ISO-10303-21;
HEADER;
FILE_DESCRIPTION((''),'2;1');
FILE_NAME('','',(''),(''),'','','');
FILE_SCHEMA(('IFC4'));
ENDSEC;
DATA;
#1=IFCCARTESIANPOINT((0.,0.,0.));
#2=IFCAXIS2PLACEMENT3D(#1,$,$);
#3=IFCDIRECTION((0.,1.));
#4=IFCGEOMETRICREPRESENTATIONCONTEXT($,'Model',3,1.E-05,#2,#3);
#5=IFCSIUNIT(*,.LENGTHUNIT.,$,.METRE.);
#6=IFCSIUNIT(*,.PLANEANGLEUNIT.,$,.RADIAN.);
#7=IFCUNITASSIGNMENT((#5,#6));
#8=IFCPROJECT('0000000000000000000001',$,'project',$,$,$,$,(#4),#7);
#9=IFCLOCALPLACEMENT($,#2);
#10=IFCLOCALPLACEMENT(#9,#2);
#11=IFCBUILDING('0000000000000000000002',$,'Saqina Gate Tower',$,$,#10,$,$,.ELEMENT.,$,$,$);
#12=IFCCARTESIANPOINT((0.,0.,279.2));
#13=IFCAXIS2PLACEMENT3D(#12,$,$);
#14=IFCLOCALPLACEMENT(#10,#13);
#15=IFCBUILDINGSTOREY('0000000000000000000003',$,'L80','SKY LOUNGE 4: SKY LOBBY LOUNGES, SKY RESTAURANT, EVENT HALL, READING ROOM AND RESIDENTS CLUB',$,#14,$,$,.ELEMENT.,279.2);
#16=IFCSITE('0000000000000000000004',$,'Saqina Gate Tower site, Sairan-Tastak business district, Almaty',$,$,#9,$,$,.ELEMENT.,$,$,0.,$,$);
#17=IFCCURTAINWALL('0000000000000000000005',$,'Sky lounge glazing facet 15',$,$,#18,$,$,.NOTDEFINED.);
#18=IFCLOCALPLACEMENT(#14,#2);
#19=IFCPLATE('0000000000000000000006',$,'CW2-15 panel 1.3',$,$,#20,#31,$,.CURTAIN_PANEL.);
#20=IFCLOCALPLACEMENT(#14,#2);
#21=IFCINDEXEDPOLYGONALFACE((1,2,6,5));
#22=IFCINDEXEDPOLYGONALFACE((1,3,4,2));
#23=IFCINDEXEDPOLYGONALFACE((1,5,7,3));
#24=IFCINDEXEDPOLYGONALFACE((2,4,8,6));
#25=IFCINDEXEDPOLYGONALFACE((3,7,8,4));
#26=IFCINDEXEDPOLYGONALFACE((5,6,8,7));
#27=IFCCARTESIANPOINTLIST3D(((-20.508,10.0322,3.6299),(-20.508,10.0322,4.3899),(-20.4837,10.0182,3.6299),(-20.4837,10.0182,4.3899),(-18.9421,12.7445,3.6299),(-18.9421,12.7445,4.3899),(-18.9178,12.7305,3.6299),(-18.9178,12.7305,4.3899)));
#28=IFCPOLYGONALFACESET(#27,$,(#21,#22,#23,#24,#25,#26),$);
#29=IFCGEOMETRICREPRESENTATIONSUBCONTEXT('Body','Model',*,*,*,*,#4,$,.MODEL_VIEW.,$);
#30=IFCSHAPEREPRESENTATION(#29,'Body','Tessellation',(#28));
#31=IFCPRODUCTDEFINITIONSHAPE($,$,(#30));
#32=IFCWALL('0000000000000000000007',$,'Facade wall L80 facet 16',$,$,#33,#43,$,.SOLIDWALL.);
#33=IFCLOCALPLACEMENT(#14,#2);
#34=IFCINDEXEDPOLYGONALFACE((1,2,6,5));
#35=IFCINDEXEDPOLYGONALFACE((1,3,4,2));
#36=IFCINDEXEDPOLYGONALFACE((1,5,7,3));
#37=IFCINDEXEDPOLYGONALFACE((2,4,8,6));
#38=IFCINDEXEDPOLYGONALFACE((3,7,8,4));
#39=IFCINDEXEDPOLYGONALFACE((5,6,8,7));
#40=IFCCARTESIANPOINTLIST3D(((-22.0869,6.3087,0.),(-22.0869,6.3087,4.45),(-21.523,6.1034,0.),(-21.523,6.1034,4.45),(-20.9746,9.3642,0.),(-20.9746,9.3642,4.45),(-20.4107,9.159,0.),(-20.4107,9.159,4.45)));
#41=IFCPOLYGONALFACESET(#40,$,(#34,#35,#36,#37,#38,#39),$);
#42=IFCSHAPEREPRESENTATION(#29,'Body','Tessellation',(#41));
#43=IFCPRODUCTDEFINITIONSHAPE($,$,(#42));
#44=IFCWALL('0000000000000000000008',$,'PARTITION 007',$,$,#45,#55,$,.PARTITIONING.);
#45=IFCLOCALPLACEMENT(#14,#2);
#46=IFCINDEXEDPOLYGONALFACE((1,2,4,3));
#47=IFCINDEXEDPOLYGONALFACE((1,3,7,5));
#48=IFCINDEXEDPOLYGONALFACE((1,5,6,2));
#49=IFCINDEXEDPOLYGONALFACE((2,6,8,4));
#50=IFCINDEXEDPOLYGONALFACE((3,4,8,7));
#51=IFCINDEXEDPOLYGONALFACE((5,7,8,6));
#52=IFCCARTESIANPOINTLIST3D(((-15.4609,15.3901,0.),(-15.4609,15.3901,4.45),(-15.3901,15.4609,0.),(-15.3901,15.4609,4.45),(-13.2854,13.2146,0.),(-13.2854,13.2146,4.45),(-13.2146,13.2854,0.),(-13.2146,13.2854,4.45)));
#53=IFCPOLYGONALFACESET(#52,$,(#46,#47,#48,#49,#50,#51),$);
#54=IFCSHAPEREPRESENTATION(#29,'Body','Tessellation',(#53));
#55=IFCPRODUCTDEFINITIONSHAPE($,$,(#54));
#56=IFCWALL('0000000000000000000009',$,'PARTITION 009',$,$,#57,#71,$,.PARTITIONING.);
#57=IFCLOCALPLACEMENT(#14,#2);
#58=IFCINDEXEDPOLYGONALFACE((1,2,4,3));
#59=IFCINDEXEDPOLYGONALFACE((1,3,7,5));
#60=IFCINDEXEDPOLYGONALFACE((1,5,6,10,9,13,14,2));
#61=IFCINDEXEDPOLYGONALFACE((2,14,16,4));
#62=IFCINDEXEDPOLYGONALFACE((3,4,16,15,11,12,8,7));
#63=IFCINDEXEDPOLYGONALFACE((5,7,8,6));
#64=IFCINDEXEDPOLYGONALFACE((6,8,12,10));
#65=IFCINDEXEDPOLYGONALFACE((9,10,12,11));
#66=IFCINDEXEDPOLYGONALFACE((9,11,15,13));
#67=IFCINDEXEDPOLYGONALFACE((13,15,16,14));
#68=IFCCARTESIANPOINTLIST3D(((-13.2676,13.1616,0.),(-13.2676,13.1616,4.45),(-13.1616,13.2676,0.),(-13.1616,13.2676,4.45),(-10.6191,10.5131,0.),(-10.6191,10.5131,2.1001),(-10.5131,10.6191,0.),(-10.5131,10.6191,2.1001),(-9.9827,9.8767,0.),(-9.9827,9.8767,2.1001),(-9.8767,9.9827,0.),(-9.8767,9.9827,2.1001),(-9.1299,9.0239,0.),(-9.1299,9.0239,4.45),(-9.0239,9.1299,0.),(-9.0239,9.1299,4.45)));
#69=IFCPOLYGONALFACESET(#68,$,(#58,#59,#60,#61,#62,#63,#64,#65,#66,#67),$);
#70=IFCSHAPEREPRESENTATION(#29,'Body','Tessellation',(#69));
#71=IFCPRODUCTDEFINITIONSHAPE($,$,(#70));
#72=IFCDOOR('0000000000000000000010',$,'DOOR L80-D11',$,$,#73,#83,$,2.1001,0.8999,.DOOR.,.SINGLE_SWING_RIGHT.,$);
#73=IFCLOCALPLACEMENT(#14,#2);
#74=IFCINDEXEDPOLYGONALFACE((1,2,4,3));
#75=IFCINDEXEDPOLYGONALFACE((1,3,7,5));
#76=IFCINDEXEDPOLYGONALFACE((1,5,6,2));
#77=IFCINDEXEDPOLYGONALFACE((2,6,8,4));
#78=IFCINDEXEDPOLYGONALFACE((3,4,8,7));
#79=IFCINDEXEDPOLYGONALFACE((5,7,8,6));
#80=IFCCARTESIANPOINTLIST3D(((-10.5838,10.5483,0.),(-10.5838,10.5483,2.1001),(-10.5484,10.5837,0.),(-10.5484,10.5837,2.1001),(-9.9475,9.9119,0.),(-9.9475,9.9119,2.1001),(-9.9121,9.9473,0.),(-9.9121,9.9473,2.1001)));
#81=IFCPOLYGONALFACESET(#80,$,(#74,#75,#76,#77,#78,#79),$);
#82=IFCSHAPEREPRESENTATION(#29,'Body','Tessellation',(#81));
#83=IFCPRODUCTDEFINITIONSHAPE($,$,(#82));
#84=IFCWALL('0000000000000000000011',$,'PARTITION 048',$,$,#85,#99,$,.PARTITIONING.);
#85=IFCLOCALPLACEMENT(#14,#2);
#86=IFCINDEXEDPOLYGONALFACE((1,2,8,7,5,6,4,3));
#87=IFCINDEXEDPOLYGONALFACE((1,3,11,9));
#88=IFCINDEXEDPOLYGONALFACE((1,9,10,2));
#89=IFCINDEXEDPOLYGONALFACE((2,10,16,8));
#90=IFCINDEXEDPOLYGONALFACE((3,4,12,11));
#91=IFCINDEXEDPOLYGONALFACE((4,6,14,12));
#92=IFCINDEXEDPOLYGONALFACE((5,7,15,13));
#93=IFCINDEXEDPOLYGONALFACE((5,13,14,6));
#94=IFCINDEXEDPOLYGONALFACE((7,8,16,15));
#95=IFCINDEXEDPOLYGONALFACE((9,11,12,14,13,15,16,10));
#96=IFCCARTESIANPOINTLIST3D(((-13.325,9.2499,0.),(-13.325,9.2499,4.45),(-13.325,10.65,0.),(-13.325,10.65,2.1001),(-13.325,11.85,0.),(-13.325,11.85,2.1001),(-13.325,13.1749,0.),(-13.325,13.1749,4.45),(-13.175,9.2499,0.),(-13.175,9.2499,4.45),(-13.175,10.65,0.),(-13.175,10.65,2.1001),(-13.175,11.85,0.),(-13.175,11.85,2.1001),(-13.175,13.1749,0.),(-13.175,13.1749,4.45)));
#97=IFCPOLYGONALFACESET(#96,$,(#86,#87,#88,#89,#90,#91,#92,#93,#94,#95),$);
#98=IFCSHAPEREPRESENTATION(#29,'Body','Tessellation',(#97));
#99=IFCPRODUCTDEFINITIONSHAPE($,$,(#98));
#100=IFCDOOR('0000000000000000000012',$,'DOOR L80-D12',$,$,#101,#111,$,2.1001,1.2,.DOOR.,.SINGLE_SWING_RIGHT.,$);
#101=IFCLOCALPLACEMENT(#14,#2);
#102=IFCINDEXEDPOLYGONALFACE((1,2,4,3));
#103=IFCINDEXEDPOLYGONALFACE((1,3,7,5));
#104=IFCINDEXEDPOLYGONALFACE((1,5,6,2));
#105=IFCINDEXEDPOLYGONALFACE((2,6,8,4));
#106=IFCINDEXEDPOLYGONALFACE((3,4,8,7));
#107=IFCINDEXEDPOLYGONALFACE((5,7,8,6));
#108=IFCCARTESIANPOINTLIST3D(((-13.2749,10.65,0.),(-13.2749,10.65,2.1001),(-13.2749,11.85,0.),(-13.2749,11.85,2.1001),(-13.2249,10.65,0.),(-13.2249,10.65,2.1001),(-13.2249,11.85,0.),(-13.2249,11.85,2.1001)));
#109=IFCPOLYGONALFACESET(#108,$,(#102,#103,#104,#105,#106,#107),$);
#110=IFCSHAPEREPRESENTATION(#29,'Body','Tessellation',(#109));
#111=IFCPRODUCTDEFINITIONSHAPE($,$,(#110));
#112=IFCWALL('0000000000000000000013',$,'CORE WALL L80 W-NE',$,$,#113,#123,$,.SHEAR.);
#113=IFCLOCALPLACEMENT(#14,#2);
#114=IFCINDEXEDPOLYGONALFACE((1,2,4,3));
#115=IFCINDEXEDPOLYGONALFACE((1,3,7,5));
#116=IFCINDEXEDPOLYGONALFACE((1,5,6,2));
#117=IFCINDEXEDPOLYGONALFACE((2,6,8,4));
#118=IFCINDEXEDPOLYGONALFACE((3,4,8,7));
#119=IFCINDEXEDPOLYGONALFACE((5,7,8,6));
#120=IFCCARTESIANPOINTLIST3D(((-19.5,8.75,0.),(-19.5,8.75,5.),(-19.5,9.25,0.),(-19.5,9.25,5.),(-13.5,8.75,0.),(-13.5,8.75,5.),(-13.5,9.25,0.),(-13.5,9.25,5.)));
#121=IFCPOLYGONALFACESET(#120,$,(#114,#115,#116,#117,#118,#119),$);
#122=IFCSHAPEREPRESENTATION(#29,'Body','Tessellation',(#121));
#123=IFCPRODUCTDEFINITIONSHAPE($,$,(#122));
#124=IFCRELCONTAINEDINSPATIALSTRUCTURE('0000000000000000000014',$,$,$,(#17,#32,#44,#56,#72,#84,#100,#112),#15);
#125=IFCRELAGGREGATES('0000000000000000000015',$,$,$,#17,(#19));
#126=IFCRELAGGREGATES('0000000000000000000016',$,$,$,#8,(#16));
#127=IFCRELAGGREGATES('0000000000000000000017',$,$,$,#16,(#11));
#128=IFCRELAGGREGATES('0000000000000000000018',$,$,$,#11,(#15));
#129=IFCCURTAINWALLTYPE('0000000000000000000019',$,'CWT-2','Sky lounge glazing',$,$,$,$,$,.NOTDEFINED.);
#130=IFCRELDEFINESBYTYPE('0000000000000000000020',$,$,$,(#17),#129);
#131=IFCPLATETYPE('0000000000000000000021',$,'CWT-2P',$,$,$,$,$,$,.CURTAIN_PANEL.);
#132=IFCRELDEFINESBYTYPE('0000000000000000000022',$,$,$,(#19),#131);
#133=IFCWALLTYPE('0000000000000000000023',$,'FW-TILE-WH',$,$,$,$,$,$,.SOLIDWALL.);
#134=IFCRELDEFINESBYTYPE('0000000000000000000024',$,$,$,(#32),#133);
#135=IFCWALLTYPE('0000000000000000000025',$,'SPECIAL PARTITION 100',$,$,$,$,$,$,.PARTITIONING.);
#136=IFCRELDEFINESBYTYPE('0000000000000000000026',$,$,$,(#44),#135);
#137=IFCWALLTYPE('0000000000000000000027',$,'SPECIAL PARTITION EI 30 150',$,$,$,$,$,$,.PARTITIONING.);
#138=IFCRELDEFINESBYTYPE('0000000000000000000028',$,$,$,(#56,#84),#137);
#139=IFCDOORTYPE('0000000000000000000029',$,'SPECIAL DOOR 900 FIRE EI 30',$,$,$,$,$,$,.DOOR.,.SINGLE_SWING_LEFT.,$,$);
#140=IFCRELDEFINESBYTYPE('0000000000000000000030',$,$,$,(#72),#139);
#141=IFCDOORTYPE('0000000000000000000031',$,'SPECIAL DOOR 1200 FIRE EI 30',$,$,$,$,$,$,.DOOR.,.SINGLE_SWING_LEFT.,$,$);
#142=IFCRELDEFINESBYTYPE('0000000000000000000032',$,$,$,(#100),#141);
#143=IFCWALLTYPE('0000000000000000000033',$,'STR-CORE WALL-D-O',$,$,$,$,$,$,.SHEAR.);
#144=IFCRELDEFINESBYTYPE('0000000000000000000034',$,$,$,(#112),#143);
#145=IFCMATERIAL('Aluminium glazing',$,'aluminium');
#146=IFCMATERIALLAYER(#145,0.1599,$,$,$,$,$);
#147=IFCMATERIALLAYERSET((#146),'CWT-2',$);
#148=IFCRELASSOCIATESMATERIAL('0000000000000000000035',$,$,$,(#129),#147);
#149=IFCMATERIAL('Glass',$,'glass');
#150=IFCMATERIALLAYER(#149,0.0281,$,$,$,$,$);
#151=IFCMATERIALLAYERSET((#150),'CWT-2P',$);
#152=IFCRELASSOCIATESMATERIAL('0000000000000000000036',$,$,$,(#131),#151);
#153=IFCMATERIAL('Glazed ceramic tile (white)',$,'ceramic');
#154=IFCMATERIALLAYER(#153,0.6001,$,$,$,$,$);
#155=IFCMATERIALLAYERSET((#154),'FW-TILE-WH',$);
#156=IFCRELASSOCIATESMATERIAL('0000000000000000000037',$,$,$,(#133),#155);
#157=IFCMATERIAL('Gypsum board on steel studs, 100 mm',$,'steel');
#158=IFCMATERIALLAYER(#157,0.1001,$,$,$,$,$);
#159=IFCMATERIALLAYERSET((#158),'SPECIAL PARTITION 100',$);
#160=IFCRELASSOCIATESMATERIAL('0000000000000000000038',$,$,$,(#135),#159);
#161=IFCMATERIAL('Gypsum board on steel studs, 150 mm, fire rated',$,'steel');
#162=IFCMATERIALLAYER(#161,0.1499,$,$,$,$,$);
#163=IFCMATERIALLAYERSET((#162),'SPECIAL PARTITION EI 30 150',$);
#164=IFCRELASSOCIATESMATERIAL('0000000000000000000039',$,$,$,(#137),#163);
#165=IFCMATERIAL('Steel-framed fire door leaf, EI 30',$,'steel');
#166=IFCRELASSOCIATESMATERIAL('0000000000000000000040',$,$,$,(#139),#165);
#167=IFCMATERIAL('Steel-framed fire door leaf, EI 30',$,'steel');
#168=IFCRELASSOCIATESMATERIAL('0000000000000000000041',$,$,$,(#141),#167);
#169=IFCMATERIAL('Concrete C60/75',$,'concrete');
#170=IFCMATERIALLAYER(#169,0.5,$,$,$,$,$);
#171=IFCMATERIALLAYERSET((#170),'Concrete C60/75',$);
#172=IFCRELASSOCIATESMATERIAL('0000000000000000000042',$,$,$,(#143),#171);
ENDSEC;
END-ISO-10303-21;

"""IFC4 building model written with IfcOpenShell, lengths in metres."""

from ifc_helpers import new_model, si_unit, direction, frame, frame_2d, origin, origin_2d, place, context, subcontext, project, spatial, rectangle, extrude, material, layer, layer_set, type_object, element, fill, aggregate, save


model = new_model("IFC4")

# Units and contexts
model_context = context("Model", 3, precision=1e-05, world=origin(), true_north=direction((0.0, 1.0)))
body_context = subcontext(model_context, "Body", "Model", "MODEL_VIEW")
ifc_project = project(units=[si_unit("LENGTHUNIT", "METRE"), si_unit("PLANEANGLEUNIT", "RADIAN")], contexts=[model_context])

# Site, building, storey
site_placement = place(None, origin())
site = spatial("IfcSite", under=ifc_project, at=site_placement, Name="Saqina Gate Tower site, Sairan-Tastak business district, Almaty", CompositionType="ELEMENT", RefElevation=0.0)
building_placement = place(site_placement, origin())
building = spatial("IfcBuilding", under=site, at=building_placement, Name="Saqina Gate Tower", CompositionType="ELEMENT")
storey_placement = place(building_placement, frame((0.0, 0.0, 279.2)))
storey = spatial("IfcBuildingStorey", under=building, at=storey_placement, Name="L80", Description="SKY LOUNGE 4: SKY LOBBY LOUNGES, SKY RESTAURANT, EVENT HALL, READING ROOM AND RESIDENTS CLUB", CompositionType="ELEMENT", Elevation=279.2)

# Shared definitions
ifc_material_1 = material(Name="Aluminium glazing", Category="aluminium")
ifc_layer_1 = layer(ifc_material_1, 0.1599)
ifc_layer_set_1 = layer_set([ifc_layer_1], Name="CWT-2")
curtain_wall_type = type_object("IfcCurtainWallType", Name="CWT-2", Description="Sky lounge glazing", PredefinedType="NOTDEFINED", material=ifc_layer_set_1)

# Curtain wall
curtain_wall_1_placement = place(storey_placement, origin())
curtain_wall_1 = element("IfcCurtainWall", 1, at=curtain_wall_1_placement, inside=storey, type_object=curtain_wall_type, Name="Sky lounge glazing facet 15", PredefinedType="NOTDEFINED")

# Plate
ifc_material_2 = material(Name="Glass", Category="glass")
ifc_layer_2 = layer(ifc_material_2, 0.0281)
ifc_layer_set_2 = layer_set([ifc_layer_2], Name="CWT-2P")
plate_type = type_object("IfcPlateType", Name="CWT-2P", PredefinedType="CURTAIN_PANEL", material=ifc_layer_set_2)
plate_1_placement = place(storey_placement, frame((-19.7129, 11.3813, 3.6299), z_axis=(0.0, 0.0, 1.0), x_axis=(-0.499982, -0.866036, 0.0)))
plate_1 = element("IfcPlate", 2, at=plate_1_placement, type_object=plate_type, Name="CW2-15 panel 1.3", PredefinedType="CURTAIN_PANEL", context=body_context, shape_type="SweptSolid", body=[
    extrude(rectangle(XDim=3.1318, YDim=0.0281, at=origin_2d()), origin(), (0.0, 0.0, 1.0), 0.76),
])
aggregate(curtain_wall_1, [plate_1])

# Walls
ifc_material_3 = material(Name="Glazed ceramic tile (white)", Category="ceramic")
ifc_layer_3 = layer(ifc_material_3, 0.6001)
ifc_layer_set_3 = layer_set([ifc_layer_3], Name="FW-TILE-WH")
wall_type_1 = type_object("IfcWallType", Name="FW-TILE-WH", PredefinedType="SOLIDWALL", material=ifc_layer_set_3)
wall_1_placement = place(storey_placement, frame((-20.6926, 9.2617, 0.0), z_axis=(0.0, 0.0, 1.0), x_axis=(-0.342057, -0.939679, 0.0)))
element("IfcWall", 3, at=wall_1_placement, inside=storey, type_object=wall_type_1, Name="Facade wall L80 facet 16", PredefinedType="SOLIDWALL", context=body_context, shape_type="SweptSolid", body=[
    extrude(rectangle(XDim=3.2517, YDim=0.6001, at=frame_2d((1.626, 0.0))), origin(), (0.0, 0.0, 1.0), 4.45),
])
ifc_material_4 = material(Name="Gypsum board on steel studs, 100 mm", Category="steel")
ifc_layer_4 = layer(ifc_material_4, 0.1001)
ifc_layer_set_4 = layer_set([ifc_layer_4], Name="SPECIAL PARTITION 100")
wall_type_2 = type_object("IfcWallType", Name="SPECIAL PARTITION 100", PredefinedType="PARTITIONING", material=ifc_layer_set_4)
wall_2_placement = place(storey_placement, frame((-15.4255, 15.4255, 0.0), z_axis=(0.0, 0.0, 1.0), x_axis=(0.707107, -0.707107, 0.0)))
element("IfcWall", 4, at=wall_2_placement, inside=storey, type_object=wall_type_2, Name="PARTITION 007", PredefinedType="PARTITIONING", context=body_context, shape_type="SweptSolid", body=[
    extrude(rectangle(XDim=3.0767, YDim=0.1001, at=frame_2d((1.5383, 0.0))), origin(), (0.0, 0.0, 1.0), 4.45),
])

# Walls, openings, doors
ifc_material_5 = material(Name="Gypsum board on steel studs, 150 mm, fire rated", Category="steel")
ifc_layer_5 = layer(ifc_material_5, 0.1499)
ifc_layer_set_5 = layer_set([ifc_layer_5], Name="SPECIAL PARTITION EI 30 150")
wall_type_3 = type_object("IfcWallType", Name="SPECIAL PARTITION EI 30 150", PredefinedType="PARTITIONING", material=ifc_layer_set_5)
wall_3_placement = place(storey_placement, frame((-13.2146, 13.2146, 0.0), z_axis=(0.0, 0.0, 1.0), x_axis=(0.707107, -0.707107, 0.0)))
wall_3 = element("IfcWall", 5, at=wall_3_placement, inside=storey, type_object=wall_type_3, Name="PARTITION 009", PredefinedType="PARTITIONING", context=body_context, shape_type="SweptSolid", body=[
    extrude(rectangle(XDim=5.8516, YDim=0.1499, at=frame_2d((2.9258, 0.0))), origin(), (0.0, 0.0, 1.0), 4.45),
])
opening_1_placement = place(wall_3_placement, frame((3.7456, 0.0, 0.0)))
opening_1 = element("IfcOpeningElement", 6, at=opening_1_placement, cuts=wall_3, PredefinedType="OPENING", context=body_context, shape_type="SweptSolid", body=[
    extrude(rectangle(XDim=0.8999, YDim=2.1001, at=frame_2d((0.45, 1.05))), frame((0.0, 0.0869, 0.0), z_axis=(0.0, -1.0, 0.0), x_axis=(1.0, 0.0, 0.0)), (0.0, 0.0, 1.0), 0.1738),
])
ifc_material_6 = material(Name="Steel-framed fire door leaf, EI 30", Category="steel")
door_type_1 = type_object("IfcDoorType", Name="SPECIAL DOOR 900 FIRE EI 30", OperationType="SINGLE_SWING_LEFT", PredefinedType="DOOR", material=ifc_material_6)
door_1_placement = place(opening_1_placement, origin())
door_1 = element("IfcDoor", 7, at=door_1_placement, inside=storey, type_object=door_type_1, Name="DOOR L80-D11", OperationType="SINGLE_SWING_RIGHT", OverallHeight=2.1001, OverallWidth=0.8999, PredefinedType="DOOR", context=body_context, shape_type="SweptSolid", body=[
    extrude(rectangle(XDim=0.8999, YDim=2.1001, at=frame_2d((0.45, 1.05))), frame((0.0, 0.0249, 0.0), z_axis=(0.0, -1.0, 0.0), x_axis=(1.0, 0.0, 0.0)), (0.0, 0.0, 1.0), 0.05),
])
fill(opening_1, door_1)
wall_4_placement = place(storey_placement, frame((-13.25, 9.25, 0.0), z_axis=(0.0, 0.0, 1.0), x_axis=(0.0, 1.0, 0.0)))
wall_4 = element("IfcWall", 8, at=wall_4_placement, inside=storey, type_object=wall_type_3, Name="PARTITION 048", PredefinedType="PARTITIONING", context=body_context, shape_type="SweptSolid", body=[
    extrude(rectangle(XDim=3.925, YDim=0.1499, at=frame_2d((1.9624, 0.0))), origin(), (0.0, 0.0, 1.0), 4.45),
])
opening_2_placement = place(wall_4_placement, frame((1.3999, 0.0, 0.0)))
opening_2 = element("IfcOpeningElement", 9, at=opening_2_placement, cuts=wall_4, PredefinedType="OPENING", context=body_context, shape_type="SweptSolid", body=[
    extrude(rectangle(XDim=1.2, YDim=2.1001, at=frame_2d((0.6001, 1.05))), frame((0.0, 0.0869, 0.0), z_axis=(0.0, -1.0, 0.0), x_axis=(1.0, 0.0, 0.0)), (0.0, 0.0, 1.0), 0.1738),
])
ifc_material_7 = material(Name="Steel-framed fire door leaf, EI 30", Category="steel")
door_type_2 = type_object("IfcDoorType", Name="SPECIAL DOOR 1200 FIRE EI 30", OperationType="SINGLE_SWING_LEFT", PredefinedType="DOOR", material=ifc_material_7)
door_2_placement = place(opening_2_placement, origin())
door_2 = element("IfcDoor", 10, at=door_2_placement, inside=storey, type_object=door_type_2, Name="DOOR L80-D12", OperationType="SINGLE_SWING_RIGHT", OverallHeight=2.1001, OverallWidth=1.2, PredefinedType="DOOR", context=body_context, shape_type="SweptSolid", body=[
    extrude(rectangle(XDim=1.2, YDim=2.1001, at=frame_2d((0.6001, 1.05))), frame((0.0, 0.0249, 0.0), z_axis=(0.0, -1.0, 0.0), x_axis=(1.0, 0.0, 0.0)), (0.0, 0.0, 1.0), 0.05),
])
fill(opening_2, door_2)

# Wall
ifc_material_8 = material(Name="Concrete C60/75", Category="concrete")
ifc_layer_6 = layer(ifc_material_8, 0.5)
ifc_layer_set_6 = layer_set([ifc_layer_6], Name="Concrete C60/75")
wall_type_4 = type_object("IfcWallType", Name="STR-CORE WALL-D-O", PredefinedType="SHEAR", material=ifc_layer_set_6)
wall_5_placement = place(storey_placement, frame((-13.5, 9.0, 0.0), z_axis=(0.0, 0.0, 1.0), x_axis=(-1.0, 0.0, 0.0)))
element("IfcWall", 11, at=wall_5_placement, inside=storey, type_object=wall_type_4, Name="CORE WALL L80 W-NE", PredefinedType="SHEAR", context=body_context, shape_type="SweptSolid", body=[
    extrude(rectangle(XDim=6.0, YDim=0.5, at=frame_2d((3.0, 0.0))), origin(), (0.0, 0.0, 1.0), 5.0),
])

save(model, "model.ifc")
